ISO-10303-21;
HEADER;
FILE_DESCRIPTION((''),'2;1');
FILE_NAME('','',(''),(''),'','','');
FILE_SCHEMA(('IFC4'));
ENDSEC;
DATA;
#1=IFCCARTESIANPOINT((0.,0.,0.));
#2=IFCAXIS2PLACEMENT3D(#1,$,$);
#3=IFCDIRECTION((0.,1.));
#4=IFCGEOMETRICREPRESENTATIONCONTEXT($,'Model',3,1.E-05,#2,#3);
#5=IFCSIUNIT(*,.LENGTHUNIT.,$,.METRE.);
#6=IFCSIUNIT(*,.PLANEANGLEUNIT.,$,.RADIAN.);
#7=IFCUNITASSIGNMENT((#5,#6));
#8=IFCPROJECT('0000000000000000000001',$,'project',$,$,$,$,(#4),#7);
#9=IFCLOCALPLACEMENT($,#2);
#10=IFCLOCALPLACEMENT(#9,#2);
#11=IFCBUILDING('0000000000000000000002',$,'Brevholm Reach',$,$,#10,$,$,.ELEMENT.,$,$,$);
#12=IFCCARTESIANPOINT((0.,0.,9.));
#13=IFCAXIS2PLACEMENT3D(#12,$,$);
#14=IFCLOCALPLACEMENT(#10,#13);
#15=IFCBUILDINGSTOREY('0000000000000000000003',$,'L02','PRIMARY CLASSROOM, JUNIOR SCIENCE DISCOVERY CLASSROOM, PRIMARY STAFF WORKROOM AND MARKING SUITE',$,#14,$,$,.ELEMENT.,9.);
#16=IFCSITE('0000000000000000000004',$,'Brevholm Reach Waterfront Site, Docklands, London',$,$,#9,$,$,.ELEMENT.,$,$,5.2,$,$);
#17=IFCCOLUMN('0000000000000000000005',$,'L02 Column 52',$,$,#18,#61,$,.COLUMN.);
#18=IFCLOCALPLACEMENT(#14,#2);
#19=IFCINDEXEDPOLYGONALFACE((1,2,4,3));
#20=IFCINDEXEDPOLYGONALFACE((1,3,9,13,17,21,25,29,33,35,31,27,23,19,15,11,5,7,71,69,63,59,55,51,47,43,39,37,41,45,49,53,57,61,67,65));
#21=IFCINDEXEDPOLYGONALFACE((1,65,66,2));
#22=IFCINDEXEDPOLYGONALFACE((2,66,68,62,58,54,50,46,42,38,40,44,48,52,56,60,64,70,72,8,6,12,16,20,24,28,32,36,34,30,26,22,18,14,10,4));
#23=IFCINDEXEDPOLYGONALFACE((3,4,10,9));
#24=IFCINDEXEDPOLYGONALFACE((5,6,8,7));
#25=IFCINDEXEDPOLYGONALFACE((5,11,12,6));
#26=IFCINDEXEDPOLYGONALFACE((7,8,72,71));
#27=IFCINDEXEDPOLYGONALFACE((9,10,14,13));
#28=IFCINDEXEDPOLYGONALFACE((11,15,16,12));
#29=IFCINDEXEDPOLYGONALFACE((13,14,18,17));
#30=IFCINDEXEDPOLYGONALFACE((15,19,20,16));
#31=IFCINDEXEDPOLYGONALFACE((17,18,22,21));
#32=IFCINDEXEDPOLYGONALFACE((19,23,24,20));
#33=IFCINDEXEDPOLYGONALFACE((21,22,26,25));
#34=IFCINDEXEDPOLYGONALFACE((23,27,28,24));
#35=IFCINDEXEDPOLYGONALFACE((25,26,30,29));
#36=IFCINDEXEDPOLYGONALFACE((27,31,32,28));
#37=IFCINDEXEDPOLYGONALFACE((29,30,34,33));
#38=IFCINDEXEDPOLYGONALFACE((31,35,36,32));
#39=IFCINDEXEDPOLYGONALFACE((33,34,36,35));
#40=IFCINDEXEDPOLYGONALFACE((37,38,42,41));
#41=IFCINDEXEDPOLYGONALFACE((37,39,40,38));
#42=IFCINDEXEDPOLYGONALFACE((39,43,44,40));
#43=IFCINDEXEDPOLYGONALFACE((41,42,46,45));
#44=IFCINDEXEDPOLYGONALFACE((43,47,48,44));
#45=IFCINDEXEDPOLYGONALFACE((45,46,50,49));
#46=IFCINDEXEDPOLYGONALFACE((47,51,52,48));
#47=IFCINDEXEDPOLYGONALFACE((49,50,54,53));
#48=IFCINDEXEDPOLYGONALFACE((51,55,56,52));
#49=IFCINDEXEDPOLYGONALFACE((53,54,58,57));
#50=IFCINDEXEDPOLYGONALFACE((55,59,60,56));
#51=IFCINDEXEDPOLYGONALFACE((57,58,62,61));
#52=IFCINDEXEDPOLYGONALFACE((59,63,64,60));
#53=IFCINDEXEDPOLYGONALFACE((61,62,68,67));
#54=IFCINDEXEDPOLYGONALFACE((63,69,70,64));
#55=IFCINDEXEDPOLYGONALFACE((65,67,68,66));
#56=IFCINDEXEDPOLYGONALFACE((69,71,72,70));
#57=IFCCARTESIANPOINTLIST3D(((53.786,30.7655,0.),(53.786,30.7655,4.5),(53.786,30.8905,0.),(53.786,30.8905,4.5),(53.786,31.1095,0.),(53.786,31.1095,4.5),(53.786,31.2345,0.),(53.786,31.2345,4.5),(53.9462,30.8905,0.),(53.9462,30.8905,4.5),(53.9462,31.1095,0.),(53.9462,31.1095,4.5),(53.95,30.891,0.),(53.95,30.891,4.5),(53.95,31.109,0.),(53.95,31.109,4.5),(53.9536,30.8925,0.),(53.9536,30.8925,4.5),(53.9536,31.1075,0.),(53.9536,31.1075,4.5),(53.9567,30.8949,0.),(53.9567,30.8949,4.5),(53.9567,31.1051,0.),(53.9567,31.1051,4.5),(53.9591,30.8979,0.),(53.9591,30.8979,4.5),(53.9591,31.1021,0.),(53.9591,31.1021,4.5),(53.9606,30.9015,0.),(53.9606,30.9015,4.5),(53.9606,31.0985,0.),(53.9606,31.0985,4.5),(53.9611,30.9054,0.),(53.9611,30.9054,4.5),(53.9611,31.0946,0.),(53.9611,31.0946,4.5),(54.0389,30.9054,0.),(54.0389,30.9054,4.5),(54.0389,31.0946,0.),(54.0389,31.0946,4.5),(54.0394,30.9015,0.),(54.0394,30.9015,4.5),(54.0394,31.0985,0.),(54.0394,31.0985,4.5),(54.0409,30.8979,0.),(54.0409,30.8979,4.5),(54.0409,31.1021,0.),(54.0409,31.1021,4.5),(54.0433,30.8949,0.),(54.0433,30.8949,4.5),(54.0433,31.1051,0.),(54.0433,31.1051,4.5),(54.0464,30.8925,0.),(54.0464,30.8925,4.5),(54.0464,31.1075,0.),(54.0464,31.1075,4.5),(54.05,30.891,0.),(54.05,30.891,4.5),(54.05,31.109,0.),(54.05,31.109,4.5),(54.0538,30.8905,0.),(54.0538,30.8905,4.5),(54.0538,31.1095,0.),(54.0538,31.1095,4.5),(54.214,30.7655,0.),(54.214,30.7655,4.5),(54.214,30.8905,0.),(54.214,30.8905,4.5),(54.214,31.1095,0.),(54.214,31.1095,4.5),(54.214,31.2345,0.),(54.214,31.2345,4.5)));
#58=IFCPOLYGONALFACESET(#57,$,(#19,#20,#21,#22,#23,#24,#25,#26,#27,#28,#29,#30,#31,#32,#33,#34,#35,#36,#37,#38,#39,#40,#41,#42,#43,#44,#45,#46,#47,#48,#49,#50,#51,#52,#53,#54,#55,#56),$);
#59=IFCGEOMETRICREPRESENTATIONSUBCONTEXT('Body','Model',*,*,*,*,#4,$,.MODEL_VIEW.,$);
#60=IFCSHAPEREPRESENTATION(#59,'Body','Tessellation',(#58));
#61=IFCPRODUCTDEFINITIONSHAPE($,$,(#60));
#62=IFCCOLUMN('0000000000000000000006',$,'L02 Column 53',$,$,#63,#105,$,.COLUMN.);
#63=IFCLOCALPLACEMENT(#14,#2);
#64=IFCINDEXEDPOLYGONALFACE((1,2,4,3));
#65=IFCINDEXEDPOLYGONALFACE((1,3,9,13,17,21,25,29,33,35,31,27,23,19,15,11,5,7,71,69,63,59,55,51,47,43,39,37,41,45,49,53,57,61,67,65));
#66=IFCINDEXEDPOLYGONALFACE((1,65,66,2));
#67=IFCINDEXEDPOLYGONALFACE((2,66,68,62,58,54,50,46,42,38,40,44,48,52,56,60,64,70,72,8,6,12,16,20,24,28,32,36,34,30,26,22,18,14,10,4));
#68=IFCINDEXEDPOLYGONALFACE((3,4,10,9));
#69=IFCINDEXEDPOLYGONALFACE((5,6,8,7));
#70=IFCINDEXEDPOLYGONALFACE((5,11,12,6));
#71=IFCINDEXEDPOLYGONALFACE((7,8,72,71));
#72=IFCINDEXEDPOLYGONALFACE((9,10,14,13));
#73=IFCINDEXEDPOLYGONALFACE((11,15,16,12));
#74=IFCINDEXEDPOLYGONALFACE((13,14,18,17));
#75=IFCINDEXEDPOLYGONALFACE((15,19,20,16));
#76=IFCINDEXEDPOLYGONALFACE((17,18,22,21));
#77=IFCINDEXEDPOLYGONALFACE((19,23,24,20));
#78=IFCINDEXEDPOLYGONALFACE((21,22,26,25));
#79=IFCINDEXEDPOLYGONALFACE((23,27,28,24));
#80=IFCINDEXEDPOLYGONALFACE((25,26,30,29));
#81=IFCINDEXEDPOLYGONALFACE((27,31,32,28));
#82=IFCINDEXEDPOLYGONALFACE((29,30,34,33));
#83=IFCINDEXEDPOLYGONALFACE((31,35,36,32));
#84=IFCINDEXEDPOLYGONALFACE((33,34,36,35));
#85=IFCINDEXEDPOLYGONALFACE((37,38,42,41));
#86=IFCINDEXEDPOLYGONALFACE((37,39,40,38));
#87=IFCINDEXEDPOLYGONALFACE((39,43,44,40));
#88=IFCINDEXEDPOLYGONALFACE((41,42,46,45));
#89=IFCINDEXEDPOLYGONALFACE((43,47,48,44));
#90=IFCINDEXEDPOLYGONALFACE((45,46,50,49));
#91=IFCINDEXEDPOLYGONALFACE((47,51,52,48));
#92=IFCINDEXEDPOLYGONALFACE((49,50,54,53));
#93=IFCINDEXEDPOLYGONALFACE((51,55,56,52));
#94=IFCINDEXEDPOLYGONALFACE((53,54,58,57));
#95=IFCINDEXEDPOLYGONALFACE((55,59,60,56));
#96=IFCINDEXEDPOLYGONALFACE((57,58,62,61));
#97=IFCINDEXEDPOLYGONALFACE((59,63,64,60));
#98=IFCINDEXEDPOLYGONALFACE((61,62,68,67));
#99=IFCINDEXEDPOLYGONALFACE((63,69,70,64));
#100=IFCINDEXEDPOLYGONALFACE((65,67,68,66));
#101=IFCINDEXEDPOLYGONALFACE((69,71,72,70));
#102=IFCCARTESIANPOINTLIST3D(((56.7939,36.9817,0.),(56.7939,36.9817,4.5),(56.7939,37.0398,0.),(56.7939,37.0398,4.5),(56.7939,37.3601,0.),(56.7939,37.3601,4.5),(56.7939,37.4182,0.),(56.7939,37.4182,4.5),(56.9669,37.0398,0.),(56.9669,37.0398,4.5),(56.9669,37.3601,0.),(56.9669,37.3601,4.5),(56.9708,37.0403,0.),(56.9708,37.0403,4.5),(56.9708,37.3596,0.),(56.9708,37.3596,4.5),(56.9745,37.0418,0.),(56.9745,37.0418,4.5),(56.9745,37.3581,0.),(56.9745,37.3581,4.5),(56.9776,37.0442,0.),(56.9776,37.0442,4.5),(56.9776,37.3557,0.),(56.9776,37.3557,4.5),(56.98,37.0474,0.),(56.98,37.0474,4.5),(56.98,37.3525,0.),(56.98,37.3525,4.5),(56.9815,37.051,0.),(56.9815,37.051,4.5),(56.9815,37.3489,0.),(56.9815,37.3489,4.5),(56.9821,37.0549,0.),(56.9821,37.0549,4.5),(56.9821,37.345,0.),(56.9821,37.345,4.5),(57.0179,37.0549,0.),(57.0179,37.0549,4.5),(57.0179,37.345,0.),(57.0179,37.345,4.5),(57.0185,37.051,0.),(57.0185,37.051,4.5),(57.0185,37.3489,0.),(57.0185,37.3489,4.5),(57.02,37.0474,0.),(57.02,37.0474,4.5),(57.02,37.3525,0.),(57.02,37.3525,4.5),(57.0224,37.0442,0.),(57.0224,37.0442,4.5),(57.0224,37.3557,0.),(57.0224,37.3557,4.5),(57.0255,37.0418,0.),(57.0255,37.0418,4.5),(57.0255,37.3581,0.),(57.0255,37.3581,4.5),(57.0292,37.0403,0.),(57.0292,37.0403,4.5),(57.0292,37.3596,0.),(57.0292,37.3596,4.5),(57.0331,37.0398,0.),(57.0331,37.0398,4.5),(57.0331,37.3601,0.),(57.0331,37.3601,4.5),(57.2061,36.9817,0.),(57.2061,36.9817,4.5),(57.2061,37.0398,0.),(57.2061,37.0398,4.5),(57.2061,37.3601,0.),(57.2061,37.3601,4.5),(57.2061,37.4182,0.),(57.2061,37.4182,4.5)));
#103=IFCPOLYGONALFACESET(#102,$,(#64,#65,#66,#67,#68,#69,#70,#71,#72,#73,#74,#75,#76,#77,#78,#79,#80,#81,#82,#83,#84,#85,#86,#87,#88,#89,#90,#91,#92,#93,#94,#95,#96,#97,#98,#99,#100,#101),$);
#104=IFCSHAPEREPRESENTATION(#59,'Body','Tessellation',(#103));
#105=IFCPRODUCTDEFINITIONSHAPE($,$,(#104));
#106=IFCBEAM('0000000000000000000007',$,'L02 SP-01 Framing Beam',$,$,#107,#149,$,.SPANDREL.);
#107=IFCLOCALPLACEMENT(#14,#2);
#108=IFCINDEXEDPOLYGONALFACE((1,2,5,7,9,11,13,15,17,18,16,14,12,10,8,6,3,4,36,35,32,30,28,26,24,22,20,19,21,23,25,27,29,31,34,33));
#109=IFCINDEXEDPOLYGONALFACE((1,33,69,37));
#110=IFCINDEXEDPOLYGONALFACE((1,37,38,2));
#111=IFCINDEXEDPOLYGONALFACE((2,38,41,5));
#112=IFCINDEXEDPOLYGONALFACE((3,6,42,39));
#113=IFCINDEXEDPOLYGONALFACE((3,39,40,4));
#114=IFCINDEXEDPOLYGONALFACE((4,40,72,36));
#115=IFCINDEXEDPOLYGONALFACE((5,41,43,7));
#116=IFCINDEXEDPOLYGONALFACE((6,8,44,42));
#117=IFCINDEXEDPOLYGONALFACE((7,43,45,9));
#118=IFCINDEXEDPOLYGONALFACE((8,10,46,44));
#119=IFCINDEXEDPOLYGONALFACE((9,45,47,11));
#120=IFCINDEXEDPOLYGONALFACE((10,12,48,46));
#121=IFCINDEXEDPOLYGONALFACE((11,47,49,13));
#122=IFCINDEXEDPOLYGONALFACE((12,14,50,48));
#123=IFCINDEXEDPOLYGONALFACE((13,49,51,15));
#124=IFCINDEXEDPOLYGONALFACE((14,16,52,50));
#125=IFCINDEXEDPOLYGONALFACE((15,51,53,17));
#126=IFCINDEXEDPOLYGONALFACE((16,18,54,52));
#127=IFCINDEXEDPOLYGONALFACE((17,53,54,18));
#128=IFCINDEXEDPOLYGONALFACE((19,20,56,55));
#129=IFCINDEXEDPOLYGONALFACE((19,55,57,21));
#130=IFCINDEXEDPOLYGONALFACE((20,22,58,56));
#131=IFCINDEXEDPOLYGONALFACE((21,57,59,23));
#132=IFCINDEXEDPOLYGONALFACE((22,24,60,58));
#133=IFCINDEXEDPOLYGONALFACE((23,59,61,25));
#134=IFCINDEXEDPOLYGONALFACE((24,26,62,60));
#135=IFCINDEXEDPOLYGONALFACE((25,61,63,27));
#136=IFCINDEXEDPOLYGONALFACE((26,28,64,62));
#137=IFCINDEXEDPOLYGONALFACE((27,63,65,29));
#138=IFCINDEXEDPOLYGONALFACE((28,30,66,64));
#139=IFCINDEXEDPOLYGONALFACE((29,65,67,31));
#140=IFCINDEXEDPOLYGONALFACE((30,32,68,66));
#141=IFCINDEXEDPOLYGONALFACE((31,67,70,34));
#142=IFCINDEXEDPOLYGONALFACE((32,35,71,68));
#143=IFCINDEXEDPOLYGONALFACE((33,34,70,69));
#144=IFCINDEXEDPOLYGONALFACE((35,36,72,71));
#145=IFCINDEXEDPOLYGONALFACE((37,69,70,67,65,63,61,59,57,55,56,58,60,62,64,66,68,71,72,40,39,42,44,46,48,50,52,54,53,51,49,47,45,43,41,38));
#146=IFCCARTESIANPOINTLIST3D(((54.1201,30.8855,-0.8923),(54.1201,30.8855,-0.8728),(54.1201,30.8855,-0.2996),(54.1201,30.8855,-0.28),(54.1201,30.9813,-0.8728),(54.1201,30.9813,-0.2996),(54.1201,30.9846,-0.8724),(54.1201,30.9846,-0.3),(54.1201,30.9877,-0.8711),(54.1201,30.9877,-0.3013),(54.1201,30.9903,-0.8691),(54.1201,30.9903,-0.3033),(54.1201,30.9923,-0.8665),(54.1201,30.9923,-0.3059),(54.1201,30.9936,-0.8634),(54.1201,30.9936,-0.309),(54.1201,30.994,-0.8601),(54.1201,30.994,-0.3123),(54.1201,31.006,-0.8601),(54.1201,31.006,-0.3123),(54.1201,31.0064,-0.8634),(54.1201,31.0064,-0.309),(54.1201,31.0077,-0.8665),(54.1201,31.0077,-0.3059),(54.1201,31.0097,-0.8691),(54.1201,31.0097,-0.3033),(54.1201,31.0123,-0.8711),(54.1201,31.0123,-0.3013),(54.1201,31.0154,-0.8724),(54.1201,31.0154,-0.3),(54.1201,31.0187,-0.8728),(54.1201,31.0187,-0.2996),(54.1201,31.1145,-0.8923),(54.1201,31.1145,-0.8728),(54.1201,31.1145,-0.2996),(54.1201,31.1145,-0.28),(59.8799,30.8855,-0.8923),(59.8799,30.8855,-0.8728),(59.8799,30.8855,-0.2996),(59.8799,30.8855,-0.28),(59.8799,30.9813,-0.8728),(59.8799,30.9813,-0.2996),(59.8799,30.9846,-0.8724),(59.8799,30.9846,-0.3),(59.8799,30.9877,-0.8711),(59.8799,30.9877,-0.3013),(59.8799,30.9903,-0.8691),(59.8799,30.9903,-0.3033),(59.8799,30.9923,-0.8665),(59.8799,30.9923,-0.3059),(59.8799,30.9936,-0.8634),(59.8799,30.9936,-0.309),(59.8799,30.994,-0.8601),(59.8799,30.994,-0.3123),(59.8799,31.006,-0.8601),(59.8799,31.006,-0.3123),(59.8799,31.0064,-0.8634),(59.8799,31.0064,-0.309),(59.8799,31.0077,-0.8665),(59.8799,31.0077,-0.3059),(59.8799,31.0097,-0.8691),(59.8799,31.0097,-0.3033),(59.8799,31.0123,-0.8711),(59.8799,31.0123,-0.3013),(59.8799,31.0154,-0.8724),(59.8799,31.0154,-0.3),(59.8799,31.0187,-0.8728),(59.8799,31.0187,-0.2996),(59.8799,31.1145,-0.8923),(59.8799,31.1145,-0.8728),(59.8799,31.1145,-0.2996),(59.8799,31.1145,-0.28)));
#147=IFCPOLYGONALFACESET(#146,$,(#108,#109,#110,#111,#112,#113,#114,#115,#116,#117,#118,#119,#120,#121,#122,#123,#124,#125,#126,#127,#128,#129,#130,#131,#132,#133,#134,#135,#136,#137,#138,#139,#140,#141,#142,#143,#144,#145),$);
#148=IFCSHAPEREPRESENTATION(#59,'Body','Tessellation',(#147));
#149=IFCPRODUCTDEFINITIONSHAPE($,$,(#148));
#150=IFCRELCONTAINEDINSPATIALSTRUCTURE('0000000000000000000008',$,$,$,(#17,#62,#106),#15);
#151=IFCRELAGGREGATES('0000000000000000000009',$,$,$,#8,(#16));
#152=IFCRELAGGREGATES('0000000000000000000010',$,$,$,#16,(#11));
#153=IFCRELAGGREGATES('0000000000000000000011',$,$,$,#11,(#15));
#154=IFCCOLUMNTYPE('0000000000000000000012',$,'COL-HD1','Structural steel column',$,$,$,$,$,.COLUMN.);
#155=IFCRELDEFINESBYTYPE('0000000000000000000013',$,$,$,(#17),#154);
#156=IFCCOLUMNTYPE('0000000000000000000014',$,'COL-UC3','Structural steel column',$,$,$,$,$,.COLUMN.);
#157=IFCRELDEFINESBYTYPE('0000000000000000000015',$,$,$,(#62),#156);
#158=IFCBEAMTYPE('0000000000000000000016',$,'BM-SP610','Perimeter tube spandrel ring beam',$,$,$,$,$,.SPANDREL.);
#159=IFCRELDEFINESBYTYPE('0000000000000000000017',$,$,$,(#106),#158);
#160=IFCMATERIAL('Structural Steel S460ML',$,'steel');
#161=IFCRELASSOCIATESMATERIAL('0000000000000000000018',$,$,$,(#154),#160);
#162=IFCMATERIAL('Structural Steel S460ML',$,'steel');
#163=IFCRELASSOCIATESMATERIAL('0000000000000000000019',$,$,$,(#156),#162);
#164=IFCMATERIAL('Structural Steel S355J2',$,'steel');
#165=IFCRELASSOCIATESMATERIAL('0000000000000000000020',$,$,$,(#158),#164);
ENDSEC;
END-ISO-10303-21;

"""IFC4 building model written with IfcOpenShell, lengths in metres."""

from ifc_helpers import new_model, si_unit, direction, frame, origin, origin_2d, place, context, subcontext, project, spatial, i_section, extrude, material, material_profile, profile_set, type_object, element, save


model = new_model("IFC4")

# Units and contexts
model_context = context("Model", 3, precision=1e-05, world=origin(), true_north=direction((0.0, 1.0)))
body_context = subcontext(model_context, "Body", "Model", "MODEL_VIEW")
ifc_project = project(units=[si_unit("LENGTHUNIT", "METRE"), si_unit("PLANEANGLEUNIT", "RADIAN")], contexts=[model_context])

# Site, building, storey
site_placement = place(None, origin())
site = spatial("IfcSite", under=ifc_project, at=site_placement, Name="Brevholm Reach Waterfront Site, Docklands, London", CompositionType="ELEMENT", RefElevation=5.2)
building_placement = place(site_placement, origin())
building = spatial("IfcBuilding", under=site, at=building_placement, Name="Brevholm Reach", CompositionType="ELEMENT")
storey_placement = place(building_placement, frame((0.0, 0.0, 9.0)))
storey = spatial("IfcBuildingStorey", under=building, at=storey_placement, Name="L02", Description="PRIMARY CLASSROOM, JUNIOR SCIENCE DISCOVERY CLASSROOM, PRIMARY STAFF WORKROOM AND MARKING SUITE", CompositionType="ELEMENT", Elevation=9.0)

# Columns
ifc_material_1 = material(Name="Structural Steel S460ML", Category="steel")
ifc_material_profile_1 = material_profile(ifc_material_1, i_section(OverallWidth=0.428, OverallDepth=0.469, WebThickness=0.0779, FlangeThickness=0.125, FilletRadius=0.0149, at=origin_2d()), Name="HD 400x1086")
ifc_profile_set_1 = profile_set([ifc_material_profile_1], Name="Structural Steel S460ML")
column_type_1 = type_object("IfcColumnType", Name="COL-HD1", Description="Structural steel column", PredefinedType="COLUMN", material=ifc_profile_set_1)
column_1_placement = place(storey_placement, frame((54.0, 31.0, 0.0), z_axis=(0.0, 0.0, 1.0), x_axis=(1.0, 0.0, 0.0)))
element("IfcColumn", 1, at=column_1_placement, inside=storey, type_object=column_type_1, Name="L02 Column 52", PredefinedType="COLUMN", context=body_context, shape_type="SweptSolid", body=[
    extrude(i_section(OverallWidth=0.428, OverallDepth=0.469, WebThickness=0.0779, FlangeThickness=0.125, FilletRadius=0.0149, at=origin_2d()), origin(), (0.0, 0.0, 1.0), 4.5),
])
ifc_material_2 = material(Name="Structural Steel S460ML", Category="steel")
ifc_material_profile_2 = material_profile(ifc_material_2, i_section(OverallWidth=0.4121, OverallDepth=0.4365, WebThickness=0.0359, FlangeThickness=0.0581, FilletRadius=0.0151, at=origin_2d()), Name="UKC 356x406x467")
ifc_profile_set_2 = profile_set([ifc_material_profile_2], Name="Structural Steel S460ML")
column_type_2 = type_object("IfcColumnType", Name="COL-UC3", Description="Structural steel column", PredefinedType="COLUMN", material=ifc_profile_set_2)
column_2_placement = place(storey_placement, frame((57.0, 37.2, 0.0), z_axis=(0.0, 0.0, 1.0), x_axis=(1.0, 0.0, 0.0)))
element("IfcColumn", 2, at=column_2_placement, inside=storey, type_object=column_type_2, Name="L02 Column 53", PredefinedType="COLUMN", context=body_context, shape_type="SweptSolid", body=[
    extrude(i_section(OverallWidth=0.4121, OverallDepth=0.4365, WebThickness=0.0359, FlangeThickness=0.0581, FilletRadius=0.0151, at=origin_2d()), origin(), (0.0, 0.0, 1.0), 4.5),
])

# Beam
ifc_material_3 = material(Name="Structural Steel S355J2", Category="steel")
ifc_material_profile_3 = material_profile(ifc_material_3, i_section(OverallWidth=0.229, OverallDepth=0.6123, WebThickness=0.012, FlangeThickness=0.0195, FilletRadius=0.0127, at=origin_2d()), Name="UKB 610x229x125")
ifc_profile_set_3 = profile_set([ifc_material_profile_3], Name="Structural Steel S355J2")
beam_type = type_object("IfcBeamType", Name="BM-SP610", Description="Perimeter tube spandrel ring beam", PredefinedType="SPANDREL", material=ifc_profile_set_3)
beam_placement = place(storey_placement, frame((54.1201, 31.0, -0.5862), z_axis=(1.0, 0.0, 0.0), x_axis=(0.0, 1.0, 0.0)))
element("IfcBeam", 3, at=beam_placement, inside=storey, type_object=beam_type, Name="L02 SP-01 Framing Beam", PredefinedType="SPANDREL", context=body_context, shape_type="SweptSolid", body=[
    extrude(i_section(OverallWidth=0.229, OverallDepth=0.6123, WebThickness=0.012, FlangeThickness=0.0195, FilletRadius=0.0127, at=origin_2d()), origin(), (0.0, 0.0, 1.0), 5.7598),
])

save(model, "model.ifc")
